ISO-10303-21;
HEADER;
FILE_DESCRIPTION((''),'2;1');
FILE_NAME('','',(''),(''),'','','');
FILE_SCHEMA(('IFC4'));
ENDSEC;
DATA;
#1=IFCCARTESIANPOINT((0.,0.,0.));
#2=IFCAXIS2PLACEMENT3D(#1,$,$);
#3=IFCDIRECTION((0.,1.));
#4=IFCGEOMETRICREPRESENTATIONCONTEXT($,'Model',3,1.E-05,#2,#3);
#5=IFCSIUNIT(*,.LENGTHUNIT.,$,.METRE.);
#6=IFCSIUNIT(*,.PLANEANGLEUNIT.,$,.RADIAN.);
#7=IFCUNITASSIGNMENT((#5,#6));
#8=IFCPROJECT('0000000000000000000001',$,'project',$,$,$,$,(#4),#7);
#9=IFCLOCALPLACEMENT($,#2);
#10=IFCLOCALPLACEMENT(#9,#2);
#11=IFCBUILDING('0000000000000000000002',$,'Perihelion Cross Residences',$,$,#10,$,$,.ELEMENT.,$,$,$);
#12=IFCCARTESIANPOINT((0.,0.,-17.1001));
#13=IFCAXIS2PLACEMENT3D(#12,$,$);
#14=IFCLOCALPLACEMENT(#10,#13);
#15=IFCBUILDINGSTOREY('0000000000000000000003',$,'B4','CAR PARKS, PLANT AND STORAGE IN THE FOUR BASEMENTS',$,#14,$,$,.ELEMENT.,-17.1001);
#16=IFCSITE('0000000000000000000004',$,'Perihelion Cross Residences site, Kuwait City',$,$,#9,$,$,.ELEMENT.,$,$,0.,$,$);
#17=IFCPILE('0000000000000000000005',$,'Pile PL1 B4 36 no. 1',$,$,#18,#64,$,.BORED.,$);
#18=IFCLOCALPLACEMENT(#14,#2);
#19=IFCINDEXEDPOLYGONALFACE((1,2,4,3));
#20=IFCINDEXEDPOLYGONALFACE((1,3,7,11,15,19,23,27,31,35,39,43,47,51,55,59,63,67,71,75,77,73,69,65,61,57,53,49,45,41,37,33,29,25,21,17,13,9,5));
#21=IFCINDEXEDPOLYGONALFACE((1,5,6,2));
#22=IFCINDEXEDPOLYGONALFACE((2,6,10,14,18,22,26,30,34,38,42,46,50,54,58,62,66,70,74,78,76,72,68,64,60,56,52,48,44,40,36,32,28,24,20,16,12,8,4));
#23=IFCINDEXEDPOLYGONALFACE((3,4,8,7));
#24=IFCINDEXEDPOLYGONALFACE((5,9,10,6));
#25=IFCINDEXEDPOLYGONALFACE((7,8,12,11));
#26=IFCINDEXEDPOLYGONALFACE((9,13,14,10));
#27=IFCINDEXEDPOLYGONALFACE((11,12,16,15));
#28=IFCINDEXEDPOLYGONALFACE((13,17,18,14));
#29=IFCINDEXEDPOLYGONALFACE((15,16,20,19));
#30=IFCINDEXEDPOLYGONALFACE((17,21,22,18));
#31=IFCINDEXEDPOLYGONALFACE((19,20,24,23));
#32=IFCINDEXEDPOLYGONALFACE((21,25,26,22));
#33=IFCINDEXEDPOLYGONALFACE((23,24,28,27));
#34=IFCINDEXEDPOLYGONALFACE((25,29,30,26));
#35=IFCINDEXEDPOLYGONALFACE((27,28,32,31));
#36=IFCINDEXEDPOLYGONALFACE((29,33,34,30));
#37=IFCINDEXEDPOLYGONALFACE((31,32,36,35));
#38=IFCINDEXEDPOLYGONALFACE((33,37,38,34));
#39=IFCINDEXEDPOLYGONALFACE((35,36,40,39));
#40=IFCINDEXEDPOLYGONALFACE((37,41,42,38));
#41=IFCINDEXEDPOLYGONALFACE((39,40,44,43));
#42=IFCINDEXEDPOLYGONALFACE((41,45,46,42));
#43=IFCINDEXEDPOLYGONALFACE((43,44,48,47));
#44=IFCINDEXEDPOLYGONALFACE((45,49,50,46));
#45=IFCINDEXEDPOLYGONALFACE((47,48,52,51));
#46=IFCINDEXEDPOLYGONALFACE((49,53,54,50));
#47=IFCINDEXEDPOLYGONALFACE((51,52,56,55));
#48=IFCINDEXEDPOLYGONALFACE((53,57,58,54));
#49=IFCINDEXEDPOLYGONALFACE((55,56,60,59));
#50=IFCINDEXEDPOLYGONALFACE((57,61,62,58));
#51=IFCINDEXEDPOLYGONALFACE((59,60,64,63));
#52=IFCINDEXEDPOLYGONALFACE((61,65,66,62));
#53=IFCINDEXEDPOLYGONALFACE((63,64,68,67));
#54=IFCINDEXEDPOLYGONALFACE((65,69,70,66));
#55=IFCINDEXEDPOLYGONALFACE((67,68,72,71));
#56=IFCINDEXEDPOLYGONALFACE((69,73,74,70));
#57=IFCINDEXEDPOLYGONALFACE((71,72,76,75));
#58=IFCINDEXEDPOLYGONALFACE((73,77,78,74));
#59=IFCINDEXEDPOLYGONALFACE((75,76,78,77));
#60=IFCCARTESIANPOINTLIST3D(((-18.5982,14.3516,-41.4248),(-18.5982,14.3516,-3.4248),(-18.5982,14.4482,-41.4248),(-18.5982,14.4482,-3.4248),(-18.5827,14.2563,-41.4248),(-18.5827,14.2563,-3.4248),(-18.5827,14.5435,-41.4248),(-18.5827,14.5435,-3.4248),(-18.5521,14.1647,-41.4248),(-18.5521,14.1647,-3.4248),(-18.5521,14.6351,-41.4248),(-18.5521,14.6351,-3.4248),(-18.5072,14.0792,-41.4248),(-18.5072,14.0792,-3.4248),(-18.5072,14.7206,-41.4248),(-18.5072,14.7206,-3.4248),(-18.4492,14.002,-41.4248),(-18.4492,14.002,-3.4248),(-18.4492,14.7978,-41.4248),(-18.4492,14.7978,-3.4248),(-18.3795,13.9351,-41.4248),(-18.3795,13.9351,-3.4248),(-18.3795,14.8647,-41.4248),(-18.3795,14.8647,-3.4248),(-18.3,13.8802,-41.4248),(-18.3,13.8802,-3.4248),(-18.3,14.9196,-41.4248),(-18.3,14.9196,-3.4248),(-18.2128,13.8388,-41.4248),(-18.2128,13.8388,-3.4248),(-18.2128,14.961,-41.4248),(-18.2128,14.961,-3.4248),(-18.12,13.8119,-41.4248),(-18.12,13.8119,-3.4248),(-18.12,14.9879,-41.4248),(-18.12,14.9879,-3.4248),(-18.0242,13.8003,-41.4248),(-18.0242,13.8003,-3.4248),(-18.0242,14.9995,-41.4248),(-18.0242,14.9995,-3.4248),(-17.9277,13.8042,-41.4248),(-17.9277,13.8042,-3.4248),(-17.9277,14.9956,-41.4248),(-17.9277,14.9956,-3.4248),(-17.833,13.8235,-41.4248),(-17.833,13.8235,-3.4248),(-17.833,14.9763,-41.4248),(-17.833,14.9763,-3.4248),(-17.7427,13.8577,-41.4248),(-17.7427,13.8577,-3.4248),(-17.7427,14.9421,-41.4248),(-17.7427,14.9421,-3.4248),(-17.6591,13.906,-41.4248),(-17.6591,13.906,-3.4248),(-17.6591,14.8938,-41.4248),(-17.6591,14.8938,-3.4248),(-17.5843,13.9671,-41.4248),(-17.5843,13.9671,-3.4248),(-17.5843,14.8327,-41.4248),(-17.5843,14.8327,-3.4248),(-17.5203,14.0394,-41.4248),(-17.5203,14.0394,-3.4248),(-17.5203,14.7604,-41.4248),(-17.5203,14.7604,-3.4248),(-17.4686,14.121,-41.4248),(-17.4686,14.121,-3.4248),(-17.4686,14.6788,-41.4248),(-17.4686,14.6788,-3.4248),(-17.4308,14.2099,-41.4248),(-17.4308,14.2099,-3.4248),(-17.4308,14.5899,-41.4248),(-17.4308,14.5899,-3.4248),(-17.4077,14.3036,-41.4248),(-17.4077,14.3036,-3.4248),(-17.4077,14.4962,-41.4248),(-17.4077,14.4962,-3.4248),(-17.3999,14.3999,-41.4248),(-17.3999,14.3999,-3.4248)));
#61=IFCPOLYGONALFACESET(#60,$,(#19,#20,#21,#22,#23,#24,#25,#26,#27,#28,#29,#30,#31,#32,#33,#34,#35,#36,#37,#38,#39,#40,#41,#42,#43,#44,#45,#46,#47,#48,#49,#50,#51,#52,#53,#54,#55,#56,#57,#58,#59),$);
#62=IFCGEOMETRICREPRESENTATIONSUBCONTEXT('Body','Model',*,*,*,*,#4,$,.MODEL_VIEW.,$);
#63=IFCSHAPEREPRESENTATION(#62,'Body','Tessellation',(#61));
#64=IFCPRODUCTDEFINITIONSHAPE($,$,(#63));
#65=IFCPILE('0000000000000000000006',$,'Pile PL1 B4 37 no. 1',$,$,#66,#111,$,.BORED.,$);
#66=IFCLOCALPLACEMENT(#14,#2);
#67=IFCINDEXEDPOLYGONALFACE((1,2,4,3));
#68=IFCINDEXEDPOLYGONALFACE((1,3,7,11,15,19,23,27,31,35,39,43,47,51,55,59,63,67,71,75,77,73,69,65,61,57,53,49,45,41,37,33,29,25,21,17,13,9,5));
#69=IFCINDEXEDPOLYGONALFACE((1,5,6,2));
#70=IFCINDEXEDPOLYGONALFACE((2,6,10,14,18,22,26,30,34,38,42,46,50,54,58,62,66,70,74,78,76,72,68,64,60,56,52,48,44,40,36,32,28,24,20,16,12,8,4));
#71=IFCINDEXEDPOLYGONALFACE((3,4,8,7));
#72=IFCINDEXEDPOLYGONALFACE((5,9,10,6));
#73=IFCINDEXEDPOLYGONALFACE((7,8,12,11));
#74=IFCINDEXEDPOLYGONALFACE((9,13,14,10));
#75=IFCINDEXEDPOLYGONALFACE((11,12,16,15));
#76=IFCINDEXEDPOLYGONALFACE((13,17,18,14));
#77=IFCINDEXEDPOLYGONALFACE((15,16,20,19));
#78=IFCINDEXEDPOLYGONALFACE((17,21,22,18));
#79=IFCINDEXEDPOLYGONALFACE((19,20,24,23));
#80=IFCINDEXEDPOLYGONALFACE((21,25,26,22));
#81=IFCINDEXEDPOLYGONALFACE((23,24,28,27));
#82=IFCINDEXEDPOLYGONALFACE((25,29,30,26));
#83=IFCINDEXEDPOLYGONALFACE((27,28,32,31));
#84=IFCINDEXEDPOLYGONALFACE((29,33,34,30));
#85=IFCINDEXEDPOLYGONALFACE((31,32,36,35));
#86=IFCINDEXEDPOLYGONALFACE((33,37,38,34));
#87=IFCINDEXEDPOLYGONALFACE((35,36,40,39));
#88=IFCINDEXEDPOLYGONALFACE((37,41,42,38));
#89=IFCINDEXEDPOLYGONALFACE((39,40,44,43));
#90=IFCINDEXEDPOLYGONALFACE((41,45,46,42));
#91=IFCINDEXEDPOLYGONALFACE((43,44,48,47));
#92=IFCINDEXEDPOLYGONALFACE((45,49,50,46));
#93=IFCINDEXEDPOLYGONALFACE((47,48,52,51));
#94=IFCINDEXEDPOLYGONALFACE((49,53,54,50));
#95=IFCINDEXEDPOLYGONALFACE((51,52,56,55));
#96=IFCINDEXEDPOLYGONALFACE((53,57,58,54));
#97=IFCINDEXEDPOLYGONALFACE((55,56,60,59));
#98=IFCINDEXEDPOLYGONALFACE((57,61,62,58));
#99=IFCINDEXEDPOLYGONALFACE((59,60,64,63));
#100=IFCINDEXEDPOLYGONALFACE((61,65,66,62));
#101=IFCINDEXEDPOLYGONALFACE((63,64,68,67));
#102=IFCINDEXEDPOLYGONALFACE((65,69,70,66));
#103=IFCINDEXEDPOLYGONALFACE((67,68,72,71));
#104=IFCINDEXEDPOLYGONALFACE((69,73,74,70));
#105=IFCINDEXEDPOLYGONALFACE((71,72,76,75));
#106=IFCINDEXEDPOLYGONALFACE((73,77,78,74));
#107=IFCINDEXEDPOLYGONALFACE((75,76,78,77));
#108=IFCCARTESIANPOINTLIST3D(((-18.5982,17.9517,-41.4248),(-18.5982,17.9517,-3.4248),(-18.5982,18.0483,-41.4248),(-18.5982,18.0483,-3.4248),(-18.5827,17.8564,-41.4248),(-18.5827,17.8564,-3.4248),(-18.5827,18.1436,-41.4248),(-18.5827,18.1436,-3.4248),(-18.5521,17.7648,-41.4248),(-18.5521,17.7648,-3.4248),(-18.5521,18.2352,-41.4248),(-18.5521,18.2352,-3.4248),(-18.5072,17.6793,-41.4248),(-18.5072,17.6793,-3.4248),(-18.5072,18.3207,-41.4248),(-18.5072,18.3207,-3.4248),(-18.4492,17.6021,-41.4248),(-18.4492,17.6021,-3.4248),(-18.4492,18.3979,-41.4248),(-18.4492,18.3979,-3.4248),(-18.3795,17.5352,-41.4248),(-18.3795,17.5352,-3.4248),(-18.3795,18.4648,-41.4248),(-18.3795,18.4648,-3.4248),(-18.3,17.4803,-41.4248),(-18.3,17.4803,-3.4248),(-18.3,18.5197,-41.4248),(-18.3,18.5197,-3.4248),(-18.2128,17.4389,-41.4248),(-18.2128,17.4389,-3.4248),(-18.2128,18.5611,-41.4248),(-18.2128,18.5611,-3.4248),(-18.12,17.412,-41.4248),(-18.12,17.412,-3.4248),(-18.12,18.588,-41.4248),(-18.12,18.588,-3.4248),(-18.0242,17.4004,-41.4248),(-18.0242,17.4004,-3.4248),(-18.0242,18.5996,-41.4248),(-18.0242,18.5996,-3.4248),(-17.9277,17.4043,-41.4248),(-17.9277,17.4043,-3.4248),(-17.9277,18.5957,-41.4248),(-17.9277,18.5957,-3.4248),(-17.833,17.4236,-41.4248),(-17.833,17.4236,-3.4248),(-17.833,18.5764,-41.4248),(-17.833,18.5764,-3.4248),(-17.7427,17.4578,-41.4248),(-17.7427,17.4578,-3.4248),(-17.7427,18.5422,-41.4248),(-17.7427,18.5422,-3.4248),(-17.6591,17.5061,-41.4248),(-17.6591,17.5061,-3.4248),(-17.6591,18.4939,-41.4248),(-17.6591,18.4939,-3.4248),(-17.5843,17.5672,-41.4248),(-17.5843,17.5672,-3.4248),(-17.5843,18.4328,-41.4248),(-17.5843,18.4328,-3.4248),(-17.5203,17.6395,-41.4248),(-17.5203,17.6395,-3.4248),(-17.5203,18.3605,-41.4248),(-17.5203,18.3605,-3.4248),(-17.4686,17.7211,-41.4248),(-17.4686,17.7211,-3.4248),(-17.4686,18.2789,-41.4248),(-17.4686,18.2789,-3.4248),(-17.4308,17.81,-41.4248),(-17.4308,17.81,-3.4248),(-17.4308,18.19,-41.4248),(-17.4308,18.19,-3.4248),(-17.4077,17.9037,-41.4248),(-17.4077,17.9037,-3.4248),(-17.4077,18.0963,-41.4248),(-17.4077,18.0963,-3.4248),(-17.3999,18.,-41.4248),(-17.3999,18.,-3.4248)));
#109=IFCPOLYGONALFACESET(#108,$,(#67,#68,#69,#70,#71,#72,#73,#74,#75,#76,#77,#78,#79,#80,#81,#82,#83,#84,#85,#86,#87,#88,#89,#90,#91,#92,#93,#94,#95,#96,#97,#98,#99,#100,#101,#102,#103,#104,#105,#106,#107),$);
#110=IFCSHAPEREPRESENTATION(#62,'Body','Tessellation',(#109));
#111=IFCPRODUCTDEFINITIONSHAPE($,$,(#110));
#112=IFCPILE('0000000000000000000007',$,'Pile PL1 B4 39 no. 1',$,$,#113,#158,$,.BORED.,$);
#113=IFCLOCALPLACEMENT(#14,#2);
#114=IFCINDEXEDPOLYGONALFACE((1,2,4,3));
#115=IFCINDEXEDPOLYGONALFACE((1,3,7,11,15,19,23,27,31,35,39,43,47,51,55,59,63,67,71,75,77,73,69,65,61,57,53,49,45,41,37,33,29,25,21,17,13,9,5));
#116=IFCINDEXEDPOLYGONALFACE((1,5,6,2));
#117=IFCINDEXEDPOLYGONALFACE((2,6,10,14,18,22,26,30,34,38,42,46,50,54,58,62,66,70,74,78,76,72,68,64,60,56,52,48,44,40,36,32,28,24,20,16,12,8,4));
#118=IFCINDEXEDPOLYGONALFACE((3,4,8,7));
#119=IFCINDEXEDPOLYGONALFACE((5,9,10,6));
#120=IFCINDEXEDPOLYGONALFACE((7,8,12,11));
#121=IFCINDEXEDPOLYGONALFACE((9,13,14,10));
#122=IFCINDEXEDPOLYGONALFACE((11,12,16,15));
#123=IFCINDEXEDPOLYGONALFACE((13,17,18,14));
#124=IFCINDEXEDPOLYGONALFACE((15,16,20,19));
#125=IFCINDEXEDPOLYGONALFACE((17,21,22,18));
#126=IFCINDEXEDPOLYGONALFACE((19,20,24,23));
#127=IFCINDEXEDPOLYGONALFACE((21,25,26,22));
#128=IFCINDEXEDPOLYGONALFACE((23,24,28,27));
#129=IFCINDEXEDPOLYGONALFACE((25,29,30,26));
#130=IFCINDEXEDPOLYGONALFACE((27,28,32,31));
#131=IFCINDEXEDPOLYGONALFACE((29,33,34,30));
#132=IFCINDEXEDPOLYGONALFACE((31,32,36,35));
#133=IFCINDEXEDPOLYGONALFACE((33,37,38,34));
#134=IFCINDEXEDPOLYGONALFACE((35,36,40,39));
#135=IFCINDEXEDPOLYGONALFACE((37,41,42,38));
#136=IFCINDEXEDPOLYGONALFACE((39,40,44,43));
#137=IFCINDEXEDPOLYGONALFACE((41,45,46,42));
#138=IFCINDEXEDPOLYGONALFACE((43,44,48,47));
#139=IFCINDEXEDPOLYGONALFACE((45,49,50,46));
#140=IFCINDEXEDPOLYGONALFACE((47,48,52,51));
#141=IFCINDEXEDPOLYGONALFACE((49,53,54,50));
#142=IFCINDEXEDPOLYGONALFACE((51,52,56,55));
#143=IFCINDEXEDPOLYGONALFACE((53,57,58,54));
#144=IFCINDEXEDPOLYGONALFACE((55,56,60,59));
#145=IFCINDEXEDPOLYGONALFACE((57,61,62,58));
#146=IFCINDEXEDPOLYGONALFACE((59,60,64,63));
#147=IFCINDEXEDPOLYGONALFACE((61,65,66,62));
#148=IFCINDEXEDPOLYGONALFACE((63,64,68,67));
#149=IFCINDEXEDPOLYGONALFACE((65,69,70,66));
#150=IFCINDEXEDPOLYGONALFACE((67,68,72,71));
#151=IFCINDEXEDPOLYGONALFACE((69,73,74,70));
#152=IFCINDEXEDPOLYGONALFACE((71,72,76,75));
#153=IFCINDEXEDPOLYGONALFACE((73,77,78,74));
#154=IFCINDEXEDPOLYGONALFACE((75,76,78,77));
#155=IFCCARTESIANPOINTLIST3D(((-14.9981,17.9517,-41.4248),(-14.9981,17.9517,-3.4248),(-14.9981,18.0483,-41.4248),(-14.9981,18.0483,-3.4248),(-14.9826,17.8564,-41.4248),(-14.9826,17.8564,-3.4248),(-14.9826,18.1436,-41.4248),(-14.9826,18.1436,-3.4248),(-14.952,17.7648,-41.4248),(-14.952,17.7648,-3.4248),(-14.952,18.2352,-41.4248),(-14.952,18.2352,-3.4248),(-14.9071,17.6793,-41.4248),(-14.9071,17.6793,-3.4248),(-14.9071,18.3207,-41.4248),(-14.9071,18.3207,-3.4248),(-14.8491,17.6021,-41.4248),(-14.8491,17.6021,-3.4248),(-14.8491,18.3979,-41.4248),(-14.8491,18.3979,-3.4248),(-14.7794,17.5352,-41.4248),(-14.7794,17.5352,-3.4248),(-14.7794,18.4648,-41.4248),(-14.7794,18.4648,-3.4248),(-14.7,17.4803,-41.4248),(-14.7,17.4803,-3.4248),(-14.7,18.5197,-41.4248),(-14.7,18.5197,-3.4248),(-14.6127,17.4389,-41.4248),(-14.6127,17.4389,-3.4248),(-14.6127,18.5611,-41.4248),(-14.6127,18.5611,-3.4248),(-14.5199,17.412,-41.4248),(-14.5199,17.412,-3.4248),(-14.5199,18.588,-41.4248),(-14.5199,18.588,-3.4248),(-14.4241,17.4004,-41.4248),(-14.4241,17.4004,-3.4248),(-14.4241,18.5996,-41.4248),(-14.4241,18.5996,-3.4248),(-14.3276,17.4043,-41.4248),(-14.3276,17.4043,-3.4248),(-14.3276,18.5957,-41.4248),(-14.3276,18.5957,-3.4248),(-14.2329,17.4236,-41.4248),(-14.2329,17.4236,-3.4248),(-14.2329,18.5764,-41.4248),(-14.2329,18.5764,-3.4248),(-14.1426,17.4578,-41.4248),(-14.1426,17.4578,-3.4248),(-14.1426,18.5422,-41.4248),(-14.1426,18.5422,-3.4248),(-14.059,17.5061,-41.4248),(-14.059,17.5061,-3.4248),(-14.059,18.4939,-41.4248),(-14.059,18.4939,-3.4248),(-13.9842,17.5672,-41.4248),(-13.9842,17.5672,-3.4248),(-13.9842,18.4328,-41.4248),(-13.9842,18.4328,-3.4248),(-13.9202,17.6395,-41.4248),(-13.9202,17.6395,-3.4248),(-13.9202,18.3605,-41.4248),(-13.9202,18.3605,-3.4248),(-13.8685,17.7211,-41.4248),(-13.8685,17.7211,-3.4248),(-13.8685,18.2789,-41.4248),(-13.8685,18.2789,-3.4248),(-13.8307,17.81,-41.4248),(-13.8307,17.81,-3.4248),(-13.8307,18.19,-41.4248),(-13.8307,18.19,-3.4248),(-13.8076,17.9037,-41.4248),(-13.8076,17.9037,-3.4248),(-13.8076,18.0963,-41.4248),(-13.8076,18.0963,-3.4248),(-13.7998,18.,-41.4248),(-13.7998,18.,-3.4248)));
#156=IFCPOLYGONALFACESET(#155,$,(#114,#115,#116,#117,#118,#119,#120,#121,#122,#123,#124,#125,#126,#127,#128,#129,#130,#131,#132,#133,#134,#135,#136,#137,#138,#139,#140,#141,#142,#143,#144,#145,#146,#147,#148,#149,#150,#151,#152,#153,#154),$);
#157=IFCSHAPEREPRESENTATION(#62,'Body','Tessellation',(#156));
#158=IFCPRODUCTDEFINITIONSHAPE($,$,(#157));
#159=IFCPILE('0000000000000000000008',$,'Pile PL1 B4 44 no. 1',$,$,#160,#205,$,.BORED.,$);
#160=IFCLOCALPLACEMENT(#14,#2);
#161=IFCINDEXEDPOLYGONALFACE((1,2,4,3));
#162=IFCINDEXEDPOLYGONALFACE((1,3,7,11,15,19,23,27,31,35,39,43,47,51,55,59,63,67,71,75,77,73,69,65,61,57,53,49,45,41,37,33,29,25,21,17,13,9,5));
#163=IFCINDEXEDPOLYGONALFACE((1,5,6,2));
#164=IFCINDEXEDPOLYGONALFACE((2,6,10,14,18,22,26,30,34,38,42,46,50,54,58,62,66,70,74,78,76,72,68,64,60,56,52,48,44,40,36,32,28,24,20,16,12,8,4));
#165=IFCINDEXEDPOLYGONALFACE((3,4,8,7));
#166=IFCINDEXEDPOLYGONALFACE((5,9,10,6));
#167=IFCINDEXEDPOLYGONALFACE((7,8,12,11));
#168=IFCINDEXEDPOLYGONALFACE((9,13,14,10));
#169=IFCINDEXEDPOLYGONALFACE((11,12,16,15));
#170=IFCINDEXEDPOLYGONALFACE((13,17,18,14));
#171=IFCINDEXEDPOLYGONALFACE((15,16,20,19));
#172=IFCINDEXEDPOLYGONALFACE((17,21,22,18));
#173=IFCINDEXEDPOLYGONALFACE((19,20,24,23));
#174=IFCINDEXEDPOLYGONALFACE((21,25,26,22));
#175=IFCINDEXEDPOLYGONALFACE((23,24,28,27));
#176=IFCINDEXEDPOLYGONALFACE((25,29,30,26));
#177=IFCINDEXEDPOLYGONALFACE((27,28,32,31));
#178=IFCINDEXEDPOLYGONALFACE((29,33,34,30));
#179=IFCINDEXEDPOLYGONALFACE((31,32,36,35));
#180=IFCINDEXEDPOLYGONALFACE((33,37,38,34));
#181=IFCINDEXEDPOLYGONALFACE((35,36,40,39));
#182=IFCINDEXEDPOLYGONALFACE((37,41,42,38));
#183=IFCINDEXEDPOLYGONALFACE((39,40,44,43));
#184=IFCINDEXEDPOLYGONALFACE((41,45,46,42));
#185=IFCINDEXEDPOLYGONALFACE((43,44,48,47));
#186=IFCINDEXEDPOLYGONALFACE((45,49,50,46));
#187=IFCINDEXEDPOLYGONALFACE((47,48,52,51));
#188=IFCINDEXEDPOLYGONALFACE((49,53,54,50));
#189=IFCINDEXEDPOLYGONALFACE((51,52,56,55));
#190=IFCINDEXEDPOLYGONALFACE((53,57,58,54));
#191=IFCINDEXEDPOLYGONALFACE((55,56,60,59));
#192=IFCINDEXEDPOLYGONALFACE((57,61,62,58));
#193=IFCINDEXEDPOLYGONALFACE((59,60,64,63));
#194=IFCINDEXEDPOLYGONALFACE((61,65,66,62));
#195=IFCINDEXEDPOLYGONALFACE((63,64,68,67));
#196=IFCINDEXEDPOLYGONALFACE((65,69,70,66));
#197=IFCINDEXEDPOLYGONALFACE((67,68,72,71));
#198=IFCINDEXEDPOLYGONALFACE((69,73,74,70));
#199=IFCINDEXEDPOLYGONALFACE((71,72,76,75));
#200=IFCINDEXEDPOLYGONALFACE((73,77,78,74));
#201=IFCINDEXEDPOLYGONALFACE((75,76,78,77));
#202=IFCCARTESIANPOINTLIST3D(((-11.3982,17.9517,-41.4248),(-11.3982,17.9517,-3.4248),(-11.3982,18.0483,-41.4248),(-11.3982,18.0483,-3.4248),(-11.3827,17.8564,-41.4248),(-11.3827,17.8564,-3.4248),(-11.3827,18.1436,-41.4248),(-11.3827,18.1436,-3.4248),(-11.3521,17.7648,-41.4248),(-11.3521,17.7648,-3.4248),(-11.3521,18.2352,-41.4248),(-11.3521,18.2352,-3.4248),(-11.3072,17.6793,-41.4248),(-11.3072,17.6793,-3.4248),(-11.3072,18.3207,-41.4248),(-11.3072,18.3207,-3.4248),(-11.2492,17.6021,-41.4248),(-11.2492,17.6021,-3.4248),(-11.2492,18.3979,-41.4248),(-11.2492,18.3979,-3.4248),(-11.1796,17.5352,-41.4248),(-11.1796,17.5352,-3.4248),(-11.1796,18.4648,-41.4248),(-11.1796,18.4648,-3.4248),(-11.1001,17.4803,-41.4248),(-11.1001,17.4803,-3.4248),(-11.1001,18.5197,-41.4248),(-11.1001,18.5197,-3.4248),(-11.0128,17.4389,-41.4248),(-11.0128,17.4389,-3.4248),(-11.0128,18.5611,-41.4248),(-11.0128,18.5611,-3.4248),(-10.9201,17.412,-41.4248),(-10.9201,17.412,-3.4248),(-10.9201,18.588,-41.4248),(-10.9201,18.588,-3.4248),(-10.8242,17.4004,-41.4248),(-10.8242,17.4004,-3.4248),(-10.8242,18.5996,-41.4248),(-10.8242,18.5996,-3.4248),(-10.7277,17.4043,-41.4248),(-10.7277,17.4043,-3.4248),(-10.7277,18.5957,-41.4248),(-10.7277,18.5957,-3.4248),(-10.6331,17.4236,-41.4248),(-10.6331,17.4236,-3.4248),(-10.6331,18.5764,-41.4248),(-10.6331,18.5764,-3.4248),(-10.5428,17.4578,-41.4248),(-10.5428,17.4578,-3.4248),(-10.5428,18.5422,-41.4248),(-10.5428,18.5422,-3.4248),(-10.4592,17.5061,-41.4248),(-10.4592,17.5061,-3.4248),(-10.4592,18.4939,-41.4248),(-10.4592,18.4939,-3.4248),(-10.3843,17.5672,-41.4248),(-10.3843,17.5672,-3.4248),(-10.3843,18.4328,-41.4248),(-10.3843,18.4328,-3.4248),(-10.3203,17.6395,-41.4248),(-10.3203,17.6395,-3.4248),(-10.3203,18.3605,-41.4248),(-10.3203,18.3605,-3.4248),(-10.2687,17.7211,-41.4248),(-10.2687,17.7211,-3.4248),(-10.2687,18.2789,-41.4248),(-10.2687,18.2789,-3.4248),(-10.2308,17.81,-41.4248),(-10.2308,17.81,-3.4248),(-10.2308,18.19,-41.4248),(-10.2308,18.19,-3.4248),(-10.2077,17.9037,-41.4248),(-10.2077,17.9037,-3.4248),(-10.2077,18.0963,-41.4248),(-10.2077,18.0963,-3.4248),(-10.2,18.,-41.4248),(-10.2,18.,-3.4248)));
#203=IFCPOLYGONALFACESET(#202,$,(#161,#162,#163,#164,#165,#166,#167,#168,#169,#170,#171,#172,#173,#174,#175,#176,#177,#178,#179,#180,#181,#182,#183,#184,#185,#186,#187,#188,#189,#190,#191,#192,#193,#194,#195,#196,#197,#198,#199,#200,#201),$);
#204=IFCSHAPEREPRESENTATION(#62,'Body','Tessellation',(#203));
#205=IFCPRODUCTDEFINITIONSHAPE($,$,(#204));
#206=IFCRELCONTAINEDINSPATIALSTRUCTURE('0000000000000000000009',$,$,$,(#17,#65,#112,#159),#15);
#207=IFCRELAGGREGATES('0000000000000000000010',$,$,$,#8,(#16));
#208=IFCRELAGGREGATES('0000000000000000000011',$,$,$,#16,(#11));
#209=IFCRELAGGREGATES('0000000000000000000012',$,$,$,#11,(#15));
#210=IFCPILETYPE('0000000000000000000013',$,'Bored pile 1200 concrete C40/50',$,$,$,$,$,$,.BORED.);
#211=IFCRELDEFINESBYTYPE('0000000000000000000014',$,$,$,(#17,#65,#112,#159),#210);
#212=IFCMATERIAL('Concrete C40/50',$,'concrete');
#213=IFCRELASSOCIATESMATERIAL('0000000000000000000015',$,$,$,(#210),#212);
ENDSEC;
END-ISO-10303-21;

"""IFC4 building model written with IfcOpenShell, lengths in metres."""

from ifc_helpers import new_model, si_unit, direction, frame, origin, origin_2d, place, context, subcontext, project, spatial, circle, extrude, material, type_object, element, save


model = new_model("IFC4")

# Units and contexts
model_context = context("Model", 3, precision=1e-05, world=origin(), true_north=direction((0.0, 1.0)))
body_context = subcontext(model_context, "Body", "Model", "MODEL_VIEW")
ifc_project = project(units=[si_unit("LENGTHUNIT", "METRE"), si_unit("PLANEANGLEUNIT", "RADIAN")], contexts=[model_context])

# Site, building, storey
site_placement = place(None, origin())
site = spatial("IfcSite", under=ifc_project, at=site_placement, Name="Perihelion Cross Residences site, Kuwait City", CompositionType="ELEMENT", RefElevation=0.0)
building_placement = place(site_placement, origin())
building = spatial("IfcBuilding", under=site, at=building_placement, Name="Perihelion Cross Residences", CompositionType="ELEMENT")
storey_placement = place(building_placement, frame((0.0, 0.0, -17.1001)))
storey = spatial("IfcBuildingStorey", under=building, at=storey_placement, Name="B4", Description="CAR PARKS, PLANT AND STORAGE IN THE FOUR BASEMENTS", CompositionType="ELEMENT", Elevation=-17.1001)

# Piles
ifc_material_1 = material(Name="Concrete C40/50", Category="concrete")
pile_type = type_object("IfcPileType", Name="Bored pile 1200 concrete C40/50", PredefinedType="BORED", material=ifc_material_1)
for number, where, z_axis, x_axis, name in (
    (1, (-18.0, 14.3999, -3.4248), (0.0, 0.0, -1.0), (1.0, 0.0, 0.0), "Pile PL1 B4 36 no. 1"),
    (2, (-18.0, 18.0, -3.4248), (0.0, 0.0, -1.0), (1.0, 0.0, 0.0), "Pile PL1 B4 37 no. 1"),
    (3, (-14.3999, 18.0, -3.4248), (0.0, 0.0, -1.0), (1.0, 0.0, 0.0), "Pile PL1 B4 39 no. 1"),
    (4, (-10.8, 18.0, -3.4248), (0.0, 0.0, -1.0), (1.0, 0.0, 0.0), "Pile PL1 B4 44 no. 1"),
):
    element("IfcPile", number, at=place(storey_placement, frame(where, z_axis=z_axis, x_axis=x_axis)), inside=storey, type_object=pile_type, Name=name, PredefinedType="BORED", context=body_context, shape_type="SweptSolid", body=[
        extrude(circle(Radius=0.6001, at=origin_2d()), origin(), (0.0, 0.0, 1.0), 38.0),
    ])

save(model, "model.ifc")
